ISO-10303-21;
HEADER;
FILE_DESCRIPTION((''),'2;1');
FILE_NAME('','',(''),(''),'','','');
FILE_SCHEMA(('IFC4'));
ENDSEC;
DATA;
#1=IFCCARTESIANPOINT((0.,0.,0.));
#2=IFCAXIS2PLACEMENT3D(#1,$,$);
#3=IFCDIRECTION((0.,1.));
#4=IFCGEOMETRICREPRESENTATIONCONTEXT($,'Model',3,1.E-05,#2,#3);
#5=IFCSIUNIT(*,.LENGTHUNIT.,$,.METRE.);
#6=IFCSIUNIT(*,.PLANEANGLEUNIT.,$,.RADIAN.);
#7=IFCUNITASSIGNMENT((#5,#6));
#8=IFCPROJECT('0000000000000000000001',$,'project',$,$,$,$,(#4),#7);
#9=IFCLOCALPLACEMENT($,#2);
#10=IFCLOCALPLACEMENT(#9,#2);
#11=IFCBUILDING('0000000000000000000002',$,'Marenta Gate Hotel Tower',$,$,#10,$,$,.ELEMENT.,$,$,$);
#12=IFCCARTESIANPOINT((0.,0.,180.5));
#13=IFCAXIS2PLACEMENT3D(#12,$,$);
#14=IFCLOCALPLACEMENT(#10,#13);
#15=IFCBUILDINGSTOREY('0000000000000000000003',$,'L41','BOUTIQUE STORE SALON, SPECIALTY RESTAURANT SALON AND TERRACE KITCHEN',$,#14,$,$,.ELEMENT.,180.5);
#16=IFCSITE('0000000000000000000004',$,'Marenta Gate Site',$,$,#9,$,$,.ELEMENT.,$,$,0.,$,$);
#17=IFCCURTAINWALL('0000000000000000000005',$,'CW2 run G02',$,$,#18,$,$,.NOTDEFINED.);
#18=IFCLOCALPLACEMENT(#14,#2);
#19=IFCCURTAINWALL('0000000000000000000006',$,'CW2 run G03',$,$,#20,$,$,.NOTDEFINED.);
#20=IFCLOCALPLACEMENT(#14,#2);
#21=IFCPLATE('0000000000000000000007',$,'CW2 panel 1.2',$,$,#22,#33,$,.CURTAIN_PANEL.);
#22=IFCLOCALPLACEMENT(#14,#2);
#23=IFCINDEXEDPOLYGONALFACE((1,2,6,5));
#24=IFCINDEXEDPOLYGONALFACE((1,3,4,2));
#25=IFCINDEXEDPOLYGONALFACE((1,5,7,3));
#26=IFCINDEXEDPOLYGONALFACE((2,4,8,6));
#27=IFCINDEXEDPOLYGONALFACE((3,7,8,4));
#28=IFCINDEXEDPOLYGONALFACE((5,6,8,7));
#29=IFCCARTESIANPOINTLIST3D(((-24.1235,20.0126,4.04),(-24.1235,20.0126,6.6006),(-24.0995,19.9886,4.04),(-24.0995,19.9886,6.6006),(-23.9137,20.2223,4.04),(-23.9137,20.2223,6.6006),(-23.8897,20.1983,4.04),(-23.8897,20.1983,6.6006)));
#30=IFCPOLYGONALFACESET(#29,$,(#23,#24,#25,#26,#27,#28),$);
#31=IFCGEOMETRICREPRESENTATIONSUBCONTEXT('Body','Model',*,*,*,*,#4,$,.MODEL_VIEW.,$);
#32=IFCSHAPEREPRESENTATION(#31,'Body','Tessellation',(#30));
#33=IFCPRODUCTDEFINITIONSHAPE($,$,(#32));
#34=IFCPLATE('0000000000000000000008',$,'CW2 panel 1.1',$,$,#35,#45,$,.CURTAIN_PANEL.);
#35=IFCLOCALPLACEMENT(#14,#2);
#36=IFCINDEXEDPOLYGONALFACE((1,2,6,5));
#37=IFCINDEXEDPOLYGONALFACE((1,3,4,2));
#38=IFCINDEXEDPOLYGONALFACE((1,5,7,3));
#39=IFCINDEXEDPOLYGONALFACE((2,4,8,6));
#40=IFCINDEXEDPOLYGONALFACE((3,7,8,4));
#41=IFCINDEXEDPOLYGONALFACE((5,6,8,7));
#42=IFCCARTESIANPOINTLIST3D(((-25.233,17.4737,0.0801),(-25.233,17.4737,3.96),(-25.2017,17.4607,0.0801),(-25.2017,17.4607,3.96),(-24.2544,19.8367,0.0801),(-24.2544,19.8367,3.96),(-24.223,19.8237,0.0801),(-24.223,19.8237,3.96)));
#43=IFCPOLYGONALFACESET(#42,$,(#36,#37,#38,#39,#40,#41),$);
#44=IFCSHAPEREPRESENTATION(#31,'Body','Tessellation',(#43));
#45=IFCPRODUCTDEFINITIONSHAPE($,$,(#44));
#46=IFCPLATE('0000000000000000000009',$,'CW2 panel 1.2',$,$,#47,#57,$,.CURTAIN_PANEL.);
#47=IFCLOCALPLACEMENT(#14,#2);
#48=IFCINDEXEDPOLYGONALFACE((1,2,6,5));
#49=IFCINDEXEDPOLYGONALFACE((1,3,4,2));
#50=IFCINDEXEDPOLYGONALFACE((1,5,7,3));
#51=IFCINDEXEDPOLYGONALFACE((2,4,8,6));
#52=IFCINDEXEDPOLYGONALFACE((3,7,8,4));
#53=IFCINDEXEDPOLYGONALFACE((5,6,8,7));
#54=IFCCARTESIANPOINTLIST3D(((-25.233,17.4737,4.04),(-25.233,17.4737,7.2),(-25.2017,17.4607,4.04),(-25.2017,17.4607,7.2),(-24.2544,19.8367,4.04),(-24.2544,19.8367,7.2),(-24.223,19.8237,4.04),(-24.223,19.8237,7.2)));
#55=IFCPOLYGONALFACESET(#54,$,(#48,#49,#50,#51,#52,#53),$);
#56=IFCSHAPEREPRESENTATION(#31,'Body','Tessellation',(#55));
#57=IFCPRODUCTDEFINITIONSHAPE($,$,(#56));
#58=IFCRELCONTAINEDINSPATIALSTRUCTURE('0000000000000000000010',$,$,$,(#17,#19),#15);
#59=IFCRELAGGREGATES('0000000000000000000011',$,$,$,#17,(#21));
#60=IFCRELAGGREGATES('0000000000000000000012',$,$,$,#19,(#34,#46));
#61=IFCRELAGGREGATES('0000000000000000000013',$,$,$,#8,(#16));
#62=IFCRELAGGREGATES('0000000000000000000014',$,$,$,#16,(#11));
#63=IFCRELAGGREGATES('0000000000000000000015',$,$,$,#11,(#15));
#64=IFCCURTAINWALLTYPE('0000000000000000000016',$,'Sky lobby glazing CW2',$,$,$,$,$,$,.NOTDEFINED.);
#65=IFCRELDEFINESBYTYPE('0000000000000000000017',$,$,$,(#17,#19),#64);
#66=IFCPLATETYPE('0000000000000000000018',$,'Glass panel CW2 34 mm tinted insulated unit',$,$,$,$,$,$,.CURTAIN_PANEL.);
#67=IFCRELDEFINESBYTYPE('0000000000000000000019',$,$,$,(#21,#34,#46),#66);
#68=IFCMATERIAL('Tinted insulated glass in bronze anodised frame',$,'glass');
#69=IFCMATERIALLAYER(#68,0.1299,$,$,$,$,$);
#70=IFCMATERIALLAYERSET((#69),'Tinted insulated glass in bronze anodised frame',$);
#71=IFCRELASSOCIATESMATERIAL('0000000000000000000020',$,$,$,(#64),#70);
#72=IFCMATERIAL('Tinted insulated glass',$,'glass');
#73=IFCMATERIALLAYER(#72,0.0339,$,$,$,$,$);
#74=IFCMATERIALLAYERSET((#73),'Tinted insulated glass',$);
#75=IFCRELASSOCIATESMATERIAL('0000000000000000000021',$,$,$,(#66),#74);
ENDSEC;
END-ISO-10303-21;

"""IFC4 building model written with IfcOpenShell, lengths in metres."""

from ifc_helpers import new_model, si_unit, direction, frame, origin, origin_2d, place, context, subcontext, project, spatial, rectangle, extrude, material, layer, layer_set, type_object, element, aggregate, save


model = new_model("IFC4")

# Units and contexts
model_context = context("Model", 3, precision=1e-05, world=origin(), true_north=direction((0.0, 1.0)))
body_context = subcontext(model_context, "Body", "Model", "MODEL_VIEW")
ifc_project = project(units=[si_unit("LENGTHUNIT", "METRE"), si_unit("PLANEANGLEUNIT", "RADIAN")], contexts=[model_context])

# Site, building, storey
site_placement = place(None, origin())
site = spatial("IfcSite", under=ifc_project, at=site_placement, Name="Marenta Gate Site", CompositionType="ELEMENT", RefElevation=0.0)
building_placement = place(site_placement, origin())
building = spatial("IfcBuilding", under=site, at=building_placement, Name="Marenta Gate Hotel Tower", CompositionType="ELEMENT")
storey_placement = place(building_placement, frame((0.0, 0.0, 180.5)))
storey = spatial("IfcBuildingStorey", under=building, at=storey_placement, Name="L41", Description="BOUTIQUE STORE SALON, SPECIALTY RESTAURANT SALON AND TERRACE KITCHEN", CompositionType="ELEMENT", Elevation=180.5)

# Shared definitions
ifc_material_1 = material(Name="Tinted insulated glass in bronze anodised frame", Category="glass")
ifc_layer_1 = layer(ifc_material_1, 0.1299)
ifc_layer_set_1 = layer_set([ifc_layer_1], Name="Tinted insulated glass in bronze anodised frame")
curtain_wall_type = type_object("IfcCurtainWallType", Name="Sky lobby glazing CW2", PredefinedType="NOTDEFINED", material=ifc_layer_set_1)

# Curtain wall
curtain_wall_1_placement = place(storey_placement, origin())
curtain_wall_1 = element("IfcCurtainWall", 1, at=curtain_wall_1_placement, inside=storey, type_object=curtain_wall_type, Name="CW2 run G02", PredefinedType="NOTDEFINED")

# Curtain wall
curtain_wall_2_placement = place(storey_placement, origin())
curtain_wall_2 = element("IfcCurtainWall", 2, at=curtain_wall_2_placement, inside=storey, type_object=curtain_wall_type, Name="CW2 run G03", PredefinedType="NOTDEFINED")

# Plates
ifc_material_2 = material(Name="Tinted insulated glass", Category="glass")
ifc_layer_2 = layer(ifc_material_2, 0.0339)
ifc_layer_set_2 = layer_set([ifc_layer_2], Name="Tinted insulated glass")
plate_type = type_object("IfcPlateType", Name="Glass panel CW2 34 mm tinted insulated unit", PredefinedType="CURTAIN_PANEL", material=ifc_layer_set_2)
plate_1_placement = place(storey_placement, frame((-24.0066, 20.1055, 4.04), z_axis=(0.0, 0.0, 1.0), x_axis=(-0.707107, -0.707107, 0.0)))
plate_1 = element("IfcPlate", 3, at=plate_1_placement, type_object=plate_type, Name="CW2 panel 1.2", PredefinedType="CURTAIN_PANEL", context=body_context, shape_type="SweptSolid", body=[
    extrude(rectangle(XDim=0.2966, YDim=0.0339, at=origin_2d()), origin(), (0.0, 0.0, 1.0), 2.5605),
])
aggregate(curtain_wall_1, [plate_1])
plate_2_placement = place(storey_placement, frame((-24.728, 18.6487, 0.0801), z_axis=(0.0, 0.0, 1.0), x_axis=(-0.382652, -0.923893, 0.0)))
plate_2 = element("IfcPlate", 4, at=plate_2_placement, type_object=plate_type, Name="CW2 panel 1.1", PredefinedType="CURTAIN_PANEL", context=body_context, shape_type="SweptSolid", body=[
    extrude(rectangle(XDim=2.5576, YDim=0.0339, at=origin_2d()), origin(), (0.0, 0.0, 1.0), 3.8799),
])
plate_3_placement = place(storey_placement, frame((-24.728, 18.6487, 4.04), z_axis=(0.0, 0.0, 1.0), x_axis=(-0.382652, -0.923893, 0.0)))
plate_3 = element("IfcPlate", 5, at=plate_3_placement, type_object=plate_type, Name="CW2 panel 1.2", PredefinedType="CURTAIN_PANEL", context=body_context, shape_type="SweptSolid", body=[
    extrude(rectangle(XDim=2.5576, YDim=0.0339, at=origin_2d()), origin(), (0.0, 0.0, 1.0), 3.1599),
])
aggregate(curtain_wall_2, [plate_2, plate_3])

save(model, "model.ifc")
